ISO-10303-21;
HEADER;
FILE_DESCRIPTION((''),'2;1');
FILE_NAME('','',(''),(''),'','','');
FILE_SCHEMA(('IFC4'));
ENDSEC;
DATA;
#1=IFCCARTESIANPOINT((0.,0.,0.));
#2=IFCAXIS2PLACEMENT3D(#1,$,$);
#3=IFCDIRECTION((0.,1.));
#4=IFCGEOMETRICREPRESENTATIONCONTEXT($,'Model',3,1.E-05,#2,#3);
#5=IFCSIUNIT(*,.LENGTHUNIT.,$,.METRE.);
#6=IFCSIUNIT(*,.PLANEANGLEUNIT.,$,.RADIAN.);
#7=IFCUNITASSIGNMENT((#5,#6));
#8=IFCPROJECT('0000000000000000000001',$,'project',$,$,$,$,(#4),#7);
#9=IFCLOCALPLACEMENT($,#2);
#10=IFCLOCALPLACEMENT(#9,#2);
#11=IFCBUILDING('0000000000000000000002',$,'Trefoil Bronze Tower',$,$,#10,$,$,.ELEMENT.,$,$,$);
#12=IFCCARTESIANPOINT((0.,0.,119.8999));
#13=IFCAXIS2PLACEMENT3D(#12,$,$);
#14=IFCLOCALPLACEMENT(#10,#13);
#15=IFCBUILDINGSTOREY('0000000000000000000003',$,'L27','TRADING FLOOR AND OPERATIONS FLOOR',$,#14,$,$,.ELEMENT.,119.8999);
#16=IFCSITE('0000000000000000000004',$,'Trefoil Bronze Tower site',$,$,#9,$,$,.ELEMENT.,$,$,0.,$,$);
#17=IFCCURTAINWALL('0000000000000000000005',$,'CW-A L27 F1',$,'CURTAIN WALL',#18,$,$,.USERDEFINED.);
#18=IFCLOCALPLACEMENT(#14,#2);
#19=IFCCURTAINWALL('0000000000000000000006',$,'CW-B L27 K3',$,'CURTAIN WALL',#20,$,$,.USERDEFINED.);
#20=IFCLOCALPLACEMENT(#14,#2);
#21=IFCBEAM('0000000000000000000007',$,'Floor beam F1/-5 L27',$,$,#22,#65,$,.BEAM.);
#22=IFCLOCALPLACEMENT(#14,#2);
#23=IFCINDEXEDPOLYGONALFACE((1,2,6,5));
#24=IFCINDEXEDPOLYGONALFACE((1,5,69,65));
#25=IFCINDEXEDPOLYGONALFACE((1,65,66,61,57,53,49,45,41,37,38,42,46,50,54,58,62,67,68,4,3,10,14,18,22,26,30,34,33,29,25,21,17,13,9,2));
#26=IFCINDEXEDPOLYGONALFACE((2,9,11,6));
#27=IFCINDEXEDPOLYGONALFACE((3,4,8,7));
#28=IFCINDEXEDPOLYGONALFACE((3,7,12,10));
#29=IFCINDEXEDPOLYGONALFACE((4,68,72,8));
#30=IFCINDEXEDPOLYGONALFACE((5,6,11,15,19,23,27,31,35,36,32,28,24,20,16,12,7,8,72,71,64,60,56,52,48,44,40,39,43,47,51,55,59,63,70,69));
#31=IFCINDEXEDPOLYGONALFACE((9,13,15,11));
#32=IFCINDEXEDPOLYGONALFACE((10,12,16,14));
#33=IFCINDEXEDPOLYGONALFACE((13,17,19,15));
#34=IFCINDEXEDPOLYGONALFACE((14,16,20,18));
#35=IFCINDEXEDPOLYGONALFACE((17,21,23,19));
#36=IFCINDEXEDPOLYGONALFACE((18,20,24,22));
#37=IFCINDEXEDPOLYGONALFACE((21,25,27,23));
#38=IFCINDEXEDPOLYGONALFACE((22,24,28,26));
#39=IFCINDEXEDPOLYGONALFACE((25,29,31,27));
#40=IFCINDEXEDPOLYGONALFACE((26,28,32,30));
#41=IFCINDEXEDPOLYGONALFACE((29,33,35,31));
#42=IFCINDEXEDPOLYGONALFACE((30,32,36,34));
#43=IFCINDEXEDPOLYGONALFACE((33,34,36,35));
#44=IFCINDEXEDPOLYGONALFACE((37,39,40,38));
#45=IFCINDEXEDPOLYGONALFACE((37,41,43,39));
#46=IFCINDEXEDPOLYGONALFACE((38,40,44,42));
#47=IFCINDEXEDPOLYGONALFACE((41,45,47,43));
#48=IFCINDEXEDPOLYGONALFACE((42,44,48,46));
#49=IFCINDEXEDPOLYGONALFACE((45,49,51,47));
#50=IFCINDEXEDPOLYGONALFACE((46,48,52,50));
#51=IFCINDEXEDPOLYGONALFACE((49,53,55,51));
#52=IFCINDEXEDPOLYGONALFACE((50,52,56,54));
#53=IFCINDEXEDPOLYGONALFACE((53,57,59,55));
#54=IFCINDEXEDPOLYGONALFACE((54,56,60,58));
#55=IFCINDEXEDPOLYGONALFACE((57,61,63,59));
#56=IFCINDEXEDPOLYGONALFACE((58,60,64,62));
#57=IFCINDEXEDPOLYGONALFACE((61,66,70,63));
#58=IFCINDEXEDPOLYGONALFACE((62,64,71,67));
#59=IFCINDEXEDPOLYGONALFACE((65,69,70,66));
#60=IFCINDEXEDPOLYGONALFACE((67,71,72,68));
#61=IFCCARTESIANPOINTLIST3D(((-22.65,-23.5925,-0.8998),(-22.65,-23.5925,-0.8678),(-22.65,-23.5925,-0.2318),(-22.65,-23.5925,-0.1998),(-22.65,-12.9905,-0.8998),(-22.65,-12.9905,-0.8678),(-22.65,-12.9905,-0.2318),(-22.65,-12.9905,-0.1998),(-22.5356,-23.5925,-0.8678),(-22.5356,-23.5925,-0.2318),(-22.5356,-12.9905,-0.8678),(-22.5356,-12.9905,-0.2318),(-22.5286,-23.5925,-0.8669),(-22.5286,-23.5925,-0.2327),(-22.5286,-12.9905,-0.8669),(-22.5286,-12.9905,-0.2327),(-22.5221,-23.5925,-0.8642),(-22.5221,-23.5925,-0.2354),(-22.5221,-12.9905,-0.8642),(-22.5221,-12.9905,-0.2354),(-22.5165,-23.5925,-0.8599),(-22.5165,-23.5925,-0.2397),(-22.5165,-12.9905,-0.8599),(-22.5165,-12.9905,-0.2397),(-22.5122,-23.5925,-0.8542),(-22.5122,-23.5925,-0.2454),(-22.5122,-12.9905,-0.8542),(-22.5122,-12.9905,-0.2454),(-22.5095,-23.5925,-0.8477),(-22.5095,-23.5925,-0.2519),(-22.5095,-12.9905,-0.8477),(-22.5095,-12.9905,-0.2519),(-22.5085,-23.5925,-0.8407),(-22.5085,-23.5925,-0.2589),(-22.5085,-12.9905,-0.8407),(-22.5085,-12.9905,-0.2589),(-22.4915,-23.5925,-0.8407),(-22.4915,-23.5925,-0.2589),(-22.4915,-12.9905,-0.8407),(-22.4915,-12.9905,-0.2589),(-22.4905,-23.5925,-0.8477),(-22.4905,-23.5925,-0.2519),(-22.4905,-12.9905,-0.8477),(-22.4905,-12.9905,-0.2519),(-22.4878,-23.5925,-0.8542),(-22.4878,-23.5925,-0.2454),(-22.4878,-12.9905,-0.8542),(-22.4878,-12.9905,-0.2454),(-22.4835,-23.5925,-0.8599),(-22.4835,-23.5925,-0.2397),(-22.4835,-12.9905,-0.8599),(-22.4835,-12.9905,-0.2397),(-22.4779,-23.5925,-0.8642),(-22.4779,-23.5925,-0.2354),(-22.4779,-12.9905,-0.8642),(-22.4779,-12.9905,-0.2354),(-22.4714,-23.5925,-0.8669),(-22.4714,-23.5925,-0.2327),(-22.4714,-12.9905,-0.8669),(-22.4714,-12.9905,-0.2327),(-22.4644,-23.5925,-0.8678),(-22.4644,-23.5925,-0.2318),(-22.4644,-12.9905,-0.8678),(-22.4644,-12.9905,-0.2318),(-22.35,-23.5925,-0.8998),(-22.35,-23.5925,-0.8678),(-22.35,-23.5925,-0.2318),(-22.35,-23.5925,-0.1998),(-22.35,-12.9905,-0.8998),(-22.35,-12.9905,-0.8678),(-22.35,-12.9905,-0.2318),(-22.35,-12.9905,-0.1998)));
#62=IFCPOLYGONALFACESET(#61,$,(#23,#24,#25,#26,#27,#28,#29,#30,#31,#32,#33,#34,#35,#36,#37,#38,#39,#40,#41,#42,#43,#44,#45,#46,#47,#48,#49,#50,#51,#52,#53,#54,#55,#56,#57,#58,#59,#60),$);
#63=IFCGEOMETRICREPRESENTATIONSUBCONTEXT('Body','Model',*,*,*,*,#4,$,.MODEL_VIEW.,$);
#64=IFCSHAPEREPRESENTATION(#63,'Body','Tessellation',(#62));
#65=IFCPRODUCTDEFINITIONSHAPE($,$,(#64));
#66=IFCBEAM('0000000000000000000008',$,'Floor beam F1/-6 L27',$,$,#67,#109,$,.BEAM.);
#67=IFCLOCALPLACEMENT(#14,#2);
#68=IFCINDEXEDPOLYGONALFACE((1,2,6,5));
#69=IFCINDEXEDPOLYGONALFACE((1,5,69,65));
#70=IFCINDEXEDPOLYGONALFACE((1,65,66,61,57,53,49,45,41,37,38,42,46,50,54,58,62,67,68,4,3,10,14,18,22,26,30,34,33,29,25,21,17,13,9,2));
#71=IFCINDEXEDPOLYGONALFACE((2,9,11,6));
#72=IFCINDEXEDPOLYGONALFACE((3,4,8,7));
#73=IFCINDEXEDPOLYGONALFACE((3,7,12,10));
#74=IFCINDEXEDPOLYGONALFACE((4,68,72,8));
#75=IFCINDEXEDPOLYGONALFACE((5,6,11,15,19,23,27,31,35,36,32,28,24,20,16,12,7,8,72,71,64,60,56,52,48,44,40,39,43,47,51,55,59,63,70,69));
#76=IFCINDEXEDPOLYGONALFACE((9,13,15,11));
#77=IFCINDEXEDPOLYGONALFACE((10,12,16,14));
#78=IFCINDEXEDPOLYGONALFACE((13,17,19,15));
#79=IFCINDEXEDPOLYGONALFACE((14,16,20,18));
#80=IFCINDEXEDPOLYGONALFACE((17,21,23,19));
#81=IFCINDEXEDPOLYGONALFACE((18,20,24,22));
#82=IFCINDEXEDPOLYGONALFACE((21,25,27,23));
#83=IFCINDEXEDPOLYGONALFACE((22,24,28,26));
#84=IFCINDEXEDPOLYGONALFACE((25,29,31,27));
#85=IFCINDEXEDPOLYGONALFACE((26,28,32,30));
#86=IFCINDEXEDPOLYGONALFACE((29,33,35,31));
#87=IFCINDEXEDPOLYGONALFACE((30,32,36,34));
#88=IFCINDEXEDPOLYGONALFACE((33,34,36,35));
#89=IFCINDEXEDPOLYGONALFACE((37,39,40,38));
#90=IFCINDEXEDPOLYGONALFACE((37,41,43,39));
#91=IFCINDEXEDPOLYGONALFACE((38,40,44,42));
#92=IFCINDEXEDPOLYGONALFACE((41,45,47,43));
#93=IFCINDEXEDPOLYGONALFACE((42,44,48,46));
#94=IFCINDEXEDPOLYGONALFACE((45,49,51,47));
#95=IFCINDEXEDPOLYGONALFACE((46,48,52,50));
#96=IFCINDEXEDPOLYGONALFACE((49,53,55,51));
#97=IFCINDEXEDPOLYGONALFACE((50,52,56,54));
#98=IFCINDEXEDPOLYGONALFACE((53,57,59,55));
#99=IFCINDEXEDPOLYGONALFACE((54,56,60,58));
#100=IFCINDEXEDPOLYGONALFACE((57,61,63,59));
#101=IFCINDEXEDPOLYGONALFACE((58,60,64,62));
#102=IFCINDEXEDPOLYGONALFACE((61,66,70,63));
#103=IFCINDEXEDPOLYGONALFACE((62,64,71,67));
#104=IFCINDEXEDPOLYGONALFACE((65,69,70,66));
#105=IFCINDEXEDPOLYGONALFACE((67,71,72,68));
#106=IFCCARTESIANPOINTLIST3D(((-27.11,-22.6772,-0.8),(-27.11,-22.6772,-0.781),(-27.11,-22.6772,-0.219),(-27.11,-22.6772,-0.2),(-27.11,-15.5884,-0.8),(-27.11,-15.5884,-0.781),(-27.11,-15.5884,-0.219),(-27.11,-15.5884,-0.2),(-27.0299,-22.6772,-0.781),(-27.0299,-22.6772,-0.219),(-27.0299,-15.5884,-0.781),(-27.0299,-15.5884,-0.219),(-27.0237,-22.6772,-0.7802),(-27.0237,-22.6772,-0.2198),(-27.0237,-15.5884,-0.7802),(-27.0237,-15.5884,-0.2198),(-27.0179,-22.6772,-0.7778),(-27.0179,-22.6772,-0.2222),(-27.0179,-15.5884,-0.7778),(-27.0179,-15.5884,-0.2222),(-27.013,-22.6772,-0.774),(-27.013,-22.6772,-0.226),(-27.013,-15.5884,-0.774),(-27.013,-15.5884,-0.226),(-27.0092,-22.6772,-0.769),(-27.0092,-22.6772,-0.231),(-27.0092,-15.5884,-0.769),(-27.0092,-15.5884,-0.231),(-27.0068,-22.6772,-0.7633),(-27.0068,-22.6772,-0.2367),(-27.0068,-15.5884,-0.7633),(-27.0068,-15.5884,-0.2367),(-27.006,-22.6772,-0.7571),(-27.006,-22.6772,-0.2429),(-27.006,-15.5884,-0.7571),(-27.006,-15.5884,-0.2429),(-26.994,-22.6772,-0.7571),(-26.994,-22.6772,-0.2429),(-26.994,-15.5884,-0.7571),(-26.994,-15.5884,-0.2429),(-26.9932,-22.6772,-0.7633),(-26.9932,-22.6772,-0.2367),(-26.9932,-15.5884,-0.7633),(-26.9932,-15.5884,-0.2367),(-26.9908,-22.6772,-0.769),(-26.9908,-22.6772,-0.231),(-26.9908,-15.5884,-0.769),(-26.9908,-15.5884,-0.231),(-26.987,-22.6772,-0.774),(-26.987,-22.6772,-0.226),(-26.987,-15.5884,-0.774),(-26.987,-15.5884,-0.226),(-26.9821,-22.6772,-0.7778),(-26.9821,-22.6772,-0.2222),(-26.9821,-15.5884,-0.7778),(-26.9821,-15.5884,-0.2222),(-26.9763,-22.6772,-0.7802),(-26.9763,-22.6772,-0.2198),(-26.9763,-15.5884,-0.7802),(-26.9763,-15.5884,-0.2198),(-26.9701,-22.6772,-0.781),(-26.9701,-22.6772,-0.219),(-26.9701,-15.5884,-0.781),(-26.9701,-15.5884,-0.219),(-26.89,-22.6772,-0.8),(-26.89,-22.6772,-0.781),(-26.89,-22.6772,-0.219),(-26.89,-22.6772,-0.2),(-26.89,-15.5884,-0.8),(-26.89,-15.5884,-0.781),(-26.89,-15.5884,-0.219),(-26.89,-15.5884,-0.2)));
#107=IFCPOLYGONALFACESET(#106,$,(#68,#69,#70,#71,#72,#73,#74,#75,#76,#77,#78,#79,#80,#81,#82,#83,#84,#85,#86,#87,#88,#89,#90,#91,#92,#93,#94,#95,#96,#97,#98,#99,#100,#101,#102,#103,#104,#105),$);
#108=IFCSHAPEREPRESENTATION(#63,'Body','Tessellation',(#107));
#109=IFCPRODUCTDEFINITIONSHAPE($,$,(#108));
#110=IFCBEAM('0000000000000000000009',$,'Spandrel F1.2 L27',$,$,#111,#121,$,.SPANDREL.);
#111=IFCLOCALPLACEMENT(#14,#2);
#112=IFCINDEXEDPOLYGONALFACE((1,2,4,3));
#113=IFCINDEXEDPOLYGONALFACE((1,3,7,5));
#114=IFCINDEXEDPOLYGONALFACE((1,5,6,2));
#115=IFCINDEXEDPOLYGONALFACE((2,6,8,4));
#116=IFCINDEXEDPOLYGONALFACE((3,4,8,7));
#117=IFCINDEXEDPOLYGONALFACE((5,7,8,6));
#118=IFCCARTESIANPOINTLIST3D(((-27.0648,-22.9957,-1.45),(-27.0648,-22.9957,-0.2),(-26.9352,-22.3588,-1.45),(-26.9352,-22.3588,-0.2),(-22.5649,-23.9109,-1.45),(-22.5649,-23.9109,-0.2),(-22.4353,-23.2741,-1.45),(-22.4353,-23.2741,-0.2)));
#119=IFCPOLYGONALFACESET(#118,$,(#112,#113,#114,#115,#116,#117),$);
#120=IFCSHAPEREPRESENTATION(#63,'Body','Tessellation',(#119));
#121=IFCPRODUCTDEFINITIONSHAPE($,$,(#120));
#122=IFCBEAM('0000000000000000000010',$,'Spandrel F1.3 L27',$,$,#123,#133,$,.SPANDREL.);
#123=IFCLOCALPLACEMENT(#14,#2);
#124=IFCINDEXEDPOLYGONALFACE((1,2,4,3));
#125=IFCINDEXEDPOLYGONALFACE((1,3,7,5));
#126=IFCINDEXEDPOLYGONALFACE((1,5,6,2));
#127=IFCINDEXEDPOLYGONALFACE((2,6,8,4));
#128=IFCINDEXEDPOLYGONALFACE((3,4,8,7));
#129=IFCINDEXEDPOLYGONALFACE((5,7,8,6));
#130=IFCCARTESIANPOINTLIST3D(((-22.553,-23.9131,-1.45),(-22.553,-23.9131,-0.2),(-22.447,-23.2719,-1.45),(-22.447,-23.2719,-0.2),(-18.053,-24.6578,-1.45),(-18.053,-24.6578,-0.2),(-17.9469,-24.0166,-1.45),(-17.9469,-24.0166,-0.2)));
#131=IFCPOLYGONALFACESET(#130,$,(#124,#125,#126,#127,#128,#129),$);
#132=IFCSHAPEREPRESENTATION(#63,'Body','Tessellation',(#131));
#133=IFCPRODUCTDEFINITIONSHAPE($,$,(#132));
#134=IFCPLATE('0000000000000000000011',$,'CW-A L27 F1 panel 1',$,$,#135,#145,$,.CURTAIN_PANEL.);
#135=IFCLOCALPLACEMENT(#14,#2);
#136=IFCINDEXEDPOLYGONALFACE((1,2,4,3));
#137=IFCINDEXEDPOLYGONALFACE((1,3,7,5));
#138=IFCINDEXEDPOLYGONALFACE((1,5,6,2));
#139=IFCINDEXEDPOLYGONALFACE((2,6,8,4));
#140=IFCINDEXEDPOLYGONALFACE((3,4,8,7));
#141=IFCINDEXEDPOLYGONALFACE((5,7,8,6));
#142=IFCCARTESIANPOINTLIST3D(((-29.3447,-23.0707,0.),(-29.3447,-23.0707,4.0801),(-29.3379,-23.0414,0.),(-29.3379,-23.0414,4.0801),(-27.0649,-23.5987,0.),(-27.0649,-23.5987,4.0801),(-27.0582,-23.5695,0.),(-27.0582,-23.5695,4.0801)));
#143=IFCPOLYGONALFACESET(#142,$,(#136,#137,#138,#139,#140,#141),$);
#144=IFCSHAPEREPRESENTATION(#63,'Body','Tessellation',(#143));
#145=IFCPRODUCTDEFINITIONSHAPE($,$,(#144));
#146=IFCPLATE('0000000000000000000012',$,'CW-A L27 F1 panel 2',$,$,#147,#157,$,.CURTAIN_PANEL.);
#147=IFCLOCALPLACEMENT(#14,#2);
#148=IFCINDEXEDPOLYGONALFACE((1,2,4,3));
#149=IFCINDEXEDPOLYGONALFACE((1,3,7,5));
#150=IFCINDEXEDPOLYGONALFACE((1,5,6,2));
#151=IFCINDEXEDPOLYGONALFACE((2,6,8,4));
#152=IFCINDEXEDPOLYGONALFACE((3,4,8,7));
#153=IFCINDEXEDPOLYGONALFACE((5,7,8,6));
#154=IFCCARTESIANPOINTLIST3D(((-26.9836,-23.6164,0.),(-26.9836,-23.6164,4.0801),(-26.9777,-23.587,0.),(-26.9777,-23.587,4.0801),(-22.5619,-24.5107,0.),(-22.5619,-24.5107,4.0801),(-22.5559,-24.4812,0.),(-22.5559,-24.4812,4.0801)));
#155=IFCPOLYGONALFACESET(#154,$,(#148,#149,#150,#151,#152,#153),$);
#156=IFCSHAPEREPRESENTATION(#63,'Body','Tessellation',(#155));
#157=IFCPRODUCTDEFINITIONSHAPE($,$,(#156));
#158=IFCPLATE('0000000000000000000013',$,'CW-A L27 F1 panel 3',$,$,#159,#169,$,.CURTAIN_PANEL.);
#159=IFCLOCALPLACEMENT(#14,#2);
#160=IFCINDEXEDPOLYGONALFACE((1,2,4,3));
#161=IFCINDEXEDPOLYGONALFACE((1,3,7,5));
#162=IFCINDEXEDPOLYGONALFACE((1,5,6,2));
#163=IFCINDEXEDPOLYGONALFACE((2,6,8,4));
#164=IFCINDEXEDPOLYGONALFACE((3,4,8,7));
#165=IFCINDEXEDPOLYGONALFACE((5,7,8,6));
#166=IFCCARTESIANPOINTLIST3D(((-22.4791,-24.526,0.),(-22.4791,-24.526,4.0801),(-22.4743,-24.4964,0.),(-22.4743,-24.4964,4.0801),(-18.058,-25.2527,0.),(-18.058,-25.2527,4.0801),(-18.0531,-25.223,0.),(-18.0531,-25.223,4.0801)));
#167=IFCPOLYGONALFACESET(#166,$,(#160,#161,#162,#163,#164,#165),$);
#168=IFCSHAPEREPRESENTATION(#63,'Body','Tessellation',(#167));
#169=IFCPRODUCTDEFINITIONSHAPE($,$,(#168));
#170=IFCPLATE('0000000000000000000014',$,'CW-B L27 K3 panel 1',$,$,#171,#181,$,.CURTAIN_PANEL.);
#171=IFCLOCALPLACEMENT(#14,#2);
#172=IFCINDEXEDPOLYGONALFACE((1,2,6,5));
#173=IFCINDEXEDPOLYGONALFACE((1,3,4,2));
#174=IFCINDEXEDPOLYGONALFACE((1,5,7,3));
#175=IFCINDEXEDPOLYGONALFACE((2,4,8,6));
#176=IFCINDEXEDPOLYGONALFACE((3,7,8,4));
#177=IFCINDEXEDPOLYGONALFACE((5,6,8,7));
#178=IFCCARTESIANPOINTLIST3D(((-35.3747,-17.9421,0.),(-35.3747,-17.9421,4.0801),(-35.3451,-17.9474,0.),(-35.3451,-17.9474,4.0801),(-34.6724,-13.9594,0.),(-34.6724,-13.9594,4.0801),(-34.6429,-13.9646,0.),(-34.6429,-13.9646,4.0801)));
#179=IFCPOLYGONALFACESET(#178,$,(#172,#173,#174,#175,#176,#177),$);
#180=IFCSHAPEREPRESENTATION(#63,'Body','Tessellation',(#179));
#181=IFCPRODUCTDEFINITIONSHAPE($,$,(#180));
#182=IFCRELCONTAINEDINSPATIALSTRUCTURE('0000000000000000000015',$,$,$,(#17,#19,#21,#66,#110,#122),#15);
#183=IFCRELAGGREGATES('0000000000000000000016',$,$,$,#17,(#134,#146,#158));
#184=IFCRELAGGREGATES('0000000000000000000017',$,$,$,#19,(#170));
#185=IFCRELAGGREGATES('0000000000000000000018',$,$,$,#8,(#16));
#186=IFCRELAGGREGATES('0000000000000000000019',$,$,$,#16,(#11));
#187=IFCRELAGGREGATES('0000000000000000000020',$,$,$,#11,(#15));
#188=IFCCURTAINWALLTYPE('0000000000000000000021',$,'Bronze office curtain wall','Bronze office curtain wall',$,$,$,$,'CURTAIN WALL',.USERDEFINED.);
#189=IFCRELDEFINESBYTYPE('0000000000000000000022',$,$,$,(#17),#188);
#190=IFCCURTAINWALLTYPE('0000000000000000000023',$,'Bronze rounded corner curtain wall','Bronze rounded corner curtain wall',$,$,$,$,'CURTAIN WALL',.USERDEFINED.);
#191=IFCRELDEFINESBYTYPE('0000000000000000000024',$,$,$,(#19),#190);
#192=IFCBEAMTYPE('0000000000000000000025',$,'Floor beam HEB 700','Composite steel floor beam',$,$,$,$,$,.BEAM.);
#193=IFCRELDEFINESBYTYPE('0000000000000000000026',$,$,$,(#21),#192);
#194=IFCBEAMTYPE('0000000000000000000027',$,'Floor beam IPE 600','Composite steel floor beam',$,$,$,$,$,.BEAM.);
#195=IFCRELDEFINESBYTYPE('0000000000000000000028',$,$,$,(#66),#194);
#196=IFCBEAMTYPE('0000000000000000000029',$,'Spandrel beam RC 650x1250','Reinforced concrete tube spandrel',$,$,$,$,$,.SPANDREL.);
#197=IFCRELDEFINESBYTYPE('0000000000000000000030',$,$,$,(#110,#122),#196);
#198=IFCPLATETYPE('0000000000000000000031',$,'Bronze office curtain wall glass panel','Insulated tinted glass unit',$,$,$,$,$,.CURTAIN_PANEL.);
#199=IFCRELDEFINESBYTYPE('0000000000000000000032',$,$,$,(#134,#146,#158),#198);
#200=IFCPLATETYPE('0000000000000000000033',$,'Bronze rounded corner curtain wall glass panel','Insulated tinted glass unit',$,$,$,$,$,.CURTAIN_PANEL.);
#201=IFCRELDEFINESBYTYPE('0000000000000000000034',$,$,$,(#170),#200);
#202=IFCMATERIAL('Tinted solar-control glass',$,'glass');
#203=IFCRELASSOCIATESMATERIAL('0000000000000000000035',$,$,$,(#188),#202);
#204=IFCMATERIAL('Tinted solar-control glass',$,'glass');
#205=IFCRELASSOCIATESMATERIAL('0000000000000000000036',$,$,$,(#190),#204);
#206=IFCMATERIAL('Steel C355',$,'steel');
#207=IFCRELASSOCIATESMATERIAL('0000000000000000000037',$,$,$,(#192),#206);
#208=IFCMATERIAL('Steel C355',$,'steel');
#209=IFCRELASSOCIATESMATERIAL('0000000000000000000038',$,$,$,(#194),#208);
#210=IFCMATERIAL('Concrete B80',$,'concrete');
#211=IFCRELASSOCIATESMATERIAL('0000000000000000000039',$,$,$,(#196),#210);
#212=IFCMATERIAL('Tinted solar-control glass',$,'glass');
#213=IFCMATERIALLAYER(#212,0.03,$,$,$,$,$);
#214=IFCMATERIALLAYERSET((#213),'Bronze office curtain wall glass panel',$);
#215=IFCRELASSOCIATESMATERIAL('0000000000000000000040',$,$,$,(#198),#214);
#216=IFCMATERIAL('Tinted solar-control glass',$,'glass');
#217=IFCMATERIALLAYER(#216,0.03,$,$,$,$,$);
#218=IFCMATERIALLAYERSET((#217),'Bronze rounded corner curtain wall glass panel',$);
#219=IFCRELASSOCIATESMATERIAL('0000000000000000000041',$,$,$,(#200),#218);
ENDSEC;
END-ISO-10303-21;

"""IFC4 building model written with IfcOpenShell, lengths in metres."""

from ifc_helpers import new_model, si_unit, direction, frame, origin, origin_2d, place, context, subcontext, project, spatial, rectangle, i_section, extrude, material, layer, layer_set, material_profile, profile_set, type_object, element, aggregate, save


model = new_model("IFC4")

# Units and contexts
model_context = context("Model", 3, precision=1e-05, world=origin(), true_north=direction((0.0, 1.0)))
body_context = subcontext(model_context, "Body", "Model", "MODEL_VIEW")
ifc_project = project(units=[si_unit("LENGTHUNIT", "METRE"), si_unit("PLANEANGLEUNIT", "RADIAN")], contexts=[model_context])

# Site, building, storey
site_placement = place(None, origin())
site = spatial("IfcSite", under=ifc_project, at=site_placement, Name="Trefoil Bronze Tower site", CompositionType="ELEMENT", RefElevation=0.0)
building_placement = place(site_placement, origin())
building = spatial("IfcBuilding", under=site, at=building_placement, Name="Trefoil Bronze Tower", CompositionType="ELEMENT")
storey_placement = place(building_placement, frame((0.0, 0.0, 119.8999)))
storey = spatial("IfcBuildingStorey", under=building, at=storey_placement, Name="L27", Description="TRADING FLOOR AND OPERATIONS FLOOR", CompositionType="ELEMENT", Elevation=119.8999)

# Curtain walls
ifc_material_1 = material(Name="Tinted solar-control glass", Category="glass")
curtain_wall_type_1 = type_object("IfcCurtainWallType", Name="Bronze office curtain wall", Description="Bronze office curtain wall", ElementType="CURTAIN WALL", PredefinedType="USERDEFINED", material=ifc_material_1)
curtain_wall_1_placement = place(storey_placement, origin())
curtain_wall_1 = element("IfcCurtainWall", 1, at=curtain_wall_1_placement, inside=storey, type_object=curtain_wall_type_1, Name="CW-A L27 F1", ObjectType="CURTAIN WALL", PredefinedType="USERDEFINED")
ifc_material_2 = material(Name="Tinted solar-control glass", Category="glass")
curtain_wall_type_2 = type_object("IfcCurtainWallType", Name="Bronze rounded corner curtain wall", Description="Bronze rounded corner curtain wall", ElementType="CURTAIN WALL", PredefinedType="USERDEFINED", material=ifc_material_2)
curtain_wall_2_placement = place(storey_placement, origin())
curtain_wall_2 = element("IfcCurtainWall", 2, at=curtain_wall_2_placement, inside=storey, type_object=curtain_wall_type_2, Name="CW-B L27 K3", ObjectType="CURTAIN WALL", PredefinedType="USERDEFINED")

# Beams
ifc_material_3 = material(Name="Steel C355", Category="steel")
ifc_material_profile_1 = material_profile(ifc_material_3, i_section(OverallWidth=0.3, OverallDepth=0.7, WebThickness=0.0171, FlangeThickness=0.032, FilletRadius=0.0271, at=origin_2d()), Name="HEB 700")
ifc_profile_set_1 = profile_set([ifc_material_profile_1], Name="Steel C355")
beam_type_1 = type_object("IfcBeamType", Name="Floor beam HEB 700", Description="Composite steel floor beam", PredefinedType="BEAM", material=ifc_profile_set_1)
beam_1_placement = place(storey_placement, frame((-22.5, -23.5925, -0.5498), z_axis=(0.0, 1.0, 0.0), x_axis=(-1.0, 0.0, 0.0)))
element("IfcBeam", 3, at=beam_1_placement, inside=storey, type_object=beam_type_1, Name="Floor beam F1/-5 L27", PredefinedType="BEAM", context=body_context, shape_type="SweptSolid", body=[
    extrude(i_section(OverallWidth=0.3, OverallDepth=0.7, WebThickness=0.0171, FlangeThickness=0.032, FilletRadius=0.0271, at=origin_2d()), origin(), (0.0, 0.0, 1.0), 10.6021),
])
ifc_material_4 = material(Name="Steel C355", Category="steel")
ifc_material_profile_2 = material_profile(ifc_material_4, i_section(OverallWidth=0.22, OverallDepth=0.6001, WebThickness=0.012, FlangeThickness=0.019, FilletRadius=0.0239, at=origin_2d()), Name="IPE 600")
ifc_profile_set_2 = profile_set([ifc_material_profile_2], Name="Steel C355")
beam_type_2 = type_object("IfcBeamType", Name="Floor beam IPE 600", Description="Composite steel floor beam", PredefinedType="BEAM", material=ifc_profile_set_2)
beam_2_placement = place(storey_placement, frame((-27.0, -22.6772, -0.5), z_axis=(0.0, 1.0, 0.0), x_axis=(-1.0, 0.0, 0.0)))
element("IfcBeam", 4, at=beam_2_placement, inside=storey, type_object=beam_type_2, Name="Floor beam F1/-6 L27", PredefinedType="BEAM", context=body_context, shape_type="SweptSolid", body=[
    extrude(i_section(OverallWidth=0.22, OverallDepth=0.6001, WebThickness=0.012, FlangeThickness=0.019, FilletRadius=0.0239, at=origin_2d()), origin(), (0.0, 0.0, 1.0), 7.0889),
])
ifc_material_5 = material(Name="Concrete B80", Category="concrete")
ifc_material_profile_3 = material_profile(ifc_material_5, rectangle(XDim=0.6499, YDim=1.25, at=origin_2d()), Name="RC 650x1250")
ifc_profile_set_3 = profile_set([ifc_material_profile_3], Name="Concrete B80")
beam_type_3 = type_object("IfcBeamType", Name="Spandrel beam RC 650x1250", Description="Reinforced concrete tube spandrel", PredefinedType="SPANDREL", material=ifc_profile_set_3)
beam_3_placement = place(storey_placement, frame((-27.0, -22.6772, -0.825), z_axis=(0.979935, -0.199315, 0.0), x_axis=(0.199315, 0.979935, 0.0)))
element("IfcBeam", 5, at=beam_3_placement, inside=storey, type_object=beam_type_3, Name="Spandrel F1.2 L27", PredefinedType="SPANDREL", context=body_context, shape_type="SweptSolid", body=[
    extrude(rectangle(XDim=0.6499, YDim=1.25, at=origin_2d()), origin(), (0.0, 0.0, 1.0), 4.592),
])
beam_4_placement = place(storey_placement, frame((-22.5, -23.5925, -0.825), z_axis=(0.986584, -0.163253, 0.0), x_axis=(0.163253, 0.986584, 0.0)))
element("IfcBeam", 6, at=beam_4_placement, inside=storey, type_object=beam_type_3, Name="Spandrel F1.3 L27", PredefinedType="SPANDREL", context=body_context, shape_type="SweptSolid", body=[
    extrude(rectangle(XDim=0.6499, YDim=1.25, at=origin_2d()), origin(), (0.0, 0.0, 1.0), 4.5613),
])

# Plates
ifc_material_6 = material(Name="Tinted solar-control glass", Category="glass")
ifc_layer_1 = layer(ifc_material_6, 0.03)
ifc_layer_set_1 = layer_set([ifc_layer_1], Name="Bronze office curtain wall glass panel")
plate_type_1 = type_object("IfcPlateType", Name="Bronze office curtain wall glass panel", Description="Insulated tinted glass unit", PredefinedType="CURTAIN_PANEL", material=ifc_layer_set_1)
plate_1_placement = place(storey_placement, frame((-28.2014, -23.3201, 0.0), z_axis=(0.0, 0.0, 1.0), x_axis=(0.974204, -0.225667, 0.0)))
plate_1 = element("IfcPlate", 7, at=plate_1_placement, type_object=plate_type_1, Name="CW-A L27 F1 panel 1", PredefinedType="CURTAIN_PANEL", context=body_context, shape_type="SweptSolid", body=[
    extrude(rectangle(XDim=2.3401, YDim=0.03, at=origin_2d()), origin(), (0.0, 0.0, 1.0), 4.0801),
])
plate_2_placement = place(storey_placement, frame((-24.7698, -24.0488, 0.0), z_axis=(0.0, 0.0, 1.0), x_axis=(0.980155, -0.198232, 0.0)))
plate_2 = element("IfcPlate", 8, at=plate_2_placement, type_object=plate_type_1, Name="CW-A L27 F1 panel 2", PredefinedType="CURTAIN_PANEL", context=body_context, shape_type="SweptSolid", body=[
    extrude(rectangle(XDim=4.5112, YDim=0.03, at=origin_2d()), origin(), (0.0, 0.0, 1.0), 4.0801),
])
plate_3_placement = place(storey_placement, frame((-20.2661, -24.8745, 0.0), z_axis=(0.0, 0.0, 1.0), x_axis=(0.98676, -0.162189, 0.0)))
plate_3 = element("IfcPlate", 9, at=plate_3_placement, type_object=plate_type_1, Name="CW-A L27 F1 panel 3", PredefinedType="CURTAIN_PANEL", context=body_context, shape_type="SweptSolid", body=[
    extrude(rectangle(XDim=4.4805, YDim=0.03, at=origin_2d()), origin(), (0.0, 0.0, 1.0), 4.0801),
])
aggregate(curtain_wall_1, [plate_1, plate_2, plate_3])
ifc_material_7 = material(Name="Tinted solar-control glass", Category="glass")
ifc_layer_2 = layer(ifc_material_7, 0.03)
ifc_layer_set_2 = layer_set([ifc_layer_2], Name="Bronze rounded corner curtain wall glass panel")
plate_type_2 = type_object("IfcPlateType", Name="Bronze rounded corner curtain wall glass panel", Description="Insulated tinted glass unit", PredefinedType="CURTAIN_PANEL", material=ifc_layer_set_2)
plate_4_placement = place(storey_placement, frame((-35.0088, -15.9534, 0.0), z_axis=(0.0, 0.0, 1.0), x_axis=(-0.173648, -0.984808, 0.0)))
plate_4 = element("IfcPlate", 10, at=plate_4_placement, type_object=plate_type_2, Name="CW-B L27 K3 panel 1", PredefinedType="CURTAIN_PANEL", context=body_context, shape_type="SweptSolid", body=[
    extrude(rectangle(XDim=4.0442, YDim=0.03, at=origin_2d()), origin(), (0.0, 0.0, 1.0), 4.0801),
])
aggregate(curtain_wall_2, [plate_4])

save(model, "model.ifc")
